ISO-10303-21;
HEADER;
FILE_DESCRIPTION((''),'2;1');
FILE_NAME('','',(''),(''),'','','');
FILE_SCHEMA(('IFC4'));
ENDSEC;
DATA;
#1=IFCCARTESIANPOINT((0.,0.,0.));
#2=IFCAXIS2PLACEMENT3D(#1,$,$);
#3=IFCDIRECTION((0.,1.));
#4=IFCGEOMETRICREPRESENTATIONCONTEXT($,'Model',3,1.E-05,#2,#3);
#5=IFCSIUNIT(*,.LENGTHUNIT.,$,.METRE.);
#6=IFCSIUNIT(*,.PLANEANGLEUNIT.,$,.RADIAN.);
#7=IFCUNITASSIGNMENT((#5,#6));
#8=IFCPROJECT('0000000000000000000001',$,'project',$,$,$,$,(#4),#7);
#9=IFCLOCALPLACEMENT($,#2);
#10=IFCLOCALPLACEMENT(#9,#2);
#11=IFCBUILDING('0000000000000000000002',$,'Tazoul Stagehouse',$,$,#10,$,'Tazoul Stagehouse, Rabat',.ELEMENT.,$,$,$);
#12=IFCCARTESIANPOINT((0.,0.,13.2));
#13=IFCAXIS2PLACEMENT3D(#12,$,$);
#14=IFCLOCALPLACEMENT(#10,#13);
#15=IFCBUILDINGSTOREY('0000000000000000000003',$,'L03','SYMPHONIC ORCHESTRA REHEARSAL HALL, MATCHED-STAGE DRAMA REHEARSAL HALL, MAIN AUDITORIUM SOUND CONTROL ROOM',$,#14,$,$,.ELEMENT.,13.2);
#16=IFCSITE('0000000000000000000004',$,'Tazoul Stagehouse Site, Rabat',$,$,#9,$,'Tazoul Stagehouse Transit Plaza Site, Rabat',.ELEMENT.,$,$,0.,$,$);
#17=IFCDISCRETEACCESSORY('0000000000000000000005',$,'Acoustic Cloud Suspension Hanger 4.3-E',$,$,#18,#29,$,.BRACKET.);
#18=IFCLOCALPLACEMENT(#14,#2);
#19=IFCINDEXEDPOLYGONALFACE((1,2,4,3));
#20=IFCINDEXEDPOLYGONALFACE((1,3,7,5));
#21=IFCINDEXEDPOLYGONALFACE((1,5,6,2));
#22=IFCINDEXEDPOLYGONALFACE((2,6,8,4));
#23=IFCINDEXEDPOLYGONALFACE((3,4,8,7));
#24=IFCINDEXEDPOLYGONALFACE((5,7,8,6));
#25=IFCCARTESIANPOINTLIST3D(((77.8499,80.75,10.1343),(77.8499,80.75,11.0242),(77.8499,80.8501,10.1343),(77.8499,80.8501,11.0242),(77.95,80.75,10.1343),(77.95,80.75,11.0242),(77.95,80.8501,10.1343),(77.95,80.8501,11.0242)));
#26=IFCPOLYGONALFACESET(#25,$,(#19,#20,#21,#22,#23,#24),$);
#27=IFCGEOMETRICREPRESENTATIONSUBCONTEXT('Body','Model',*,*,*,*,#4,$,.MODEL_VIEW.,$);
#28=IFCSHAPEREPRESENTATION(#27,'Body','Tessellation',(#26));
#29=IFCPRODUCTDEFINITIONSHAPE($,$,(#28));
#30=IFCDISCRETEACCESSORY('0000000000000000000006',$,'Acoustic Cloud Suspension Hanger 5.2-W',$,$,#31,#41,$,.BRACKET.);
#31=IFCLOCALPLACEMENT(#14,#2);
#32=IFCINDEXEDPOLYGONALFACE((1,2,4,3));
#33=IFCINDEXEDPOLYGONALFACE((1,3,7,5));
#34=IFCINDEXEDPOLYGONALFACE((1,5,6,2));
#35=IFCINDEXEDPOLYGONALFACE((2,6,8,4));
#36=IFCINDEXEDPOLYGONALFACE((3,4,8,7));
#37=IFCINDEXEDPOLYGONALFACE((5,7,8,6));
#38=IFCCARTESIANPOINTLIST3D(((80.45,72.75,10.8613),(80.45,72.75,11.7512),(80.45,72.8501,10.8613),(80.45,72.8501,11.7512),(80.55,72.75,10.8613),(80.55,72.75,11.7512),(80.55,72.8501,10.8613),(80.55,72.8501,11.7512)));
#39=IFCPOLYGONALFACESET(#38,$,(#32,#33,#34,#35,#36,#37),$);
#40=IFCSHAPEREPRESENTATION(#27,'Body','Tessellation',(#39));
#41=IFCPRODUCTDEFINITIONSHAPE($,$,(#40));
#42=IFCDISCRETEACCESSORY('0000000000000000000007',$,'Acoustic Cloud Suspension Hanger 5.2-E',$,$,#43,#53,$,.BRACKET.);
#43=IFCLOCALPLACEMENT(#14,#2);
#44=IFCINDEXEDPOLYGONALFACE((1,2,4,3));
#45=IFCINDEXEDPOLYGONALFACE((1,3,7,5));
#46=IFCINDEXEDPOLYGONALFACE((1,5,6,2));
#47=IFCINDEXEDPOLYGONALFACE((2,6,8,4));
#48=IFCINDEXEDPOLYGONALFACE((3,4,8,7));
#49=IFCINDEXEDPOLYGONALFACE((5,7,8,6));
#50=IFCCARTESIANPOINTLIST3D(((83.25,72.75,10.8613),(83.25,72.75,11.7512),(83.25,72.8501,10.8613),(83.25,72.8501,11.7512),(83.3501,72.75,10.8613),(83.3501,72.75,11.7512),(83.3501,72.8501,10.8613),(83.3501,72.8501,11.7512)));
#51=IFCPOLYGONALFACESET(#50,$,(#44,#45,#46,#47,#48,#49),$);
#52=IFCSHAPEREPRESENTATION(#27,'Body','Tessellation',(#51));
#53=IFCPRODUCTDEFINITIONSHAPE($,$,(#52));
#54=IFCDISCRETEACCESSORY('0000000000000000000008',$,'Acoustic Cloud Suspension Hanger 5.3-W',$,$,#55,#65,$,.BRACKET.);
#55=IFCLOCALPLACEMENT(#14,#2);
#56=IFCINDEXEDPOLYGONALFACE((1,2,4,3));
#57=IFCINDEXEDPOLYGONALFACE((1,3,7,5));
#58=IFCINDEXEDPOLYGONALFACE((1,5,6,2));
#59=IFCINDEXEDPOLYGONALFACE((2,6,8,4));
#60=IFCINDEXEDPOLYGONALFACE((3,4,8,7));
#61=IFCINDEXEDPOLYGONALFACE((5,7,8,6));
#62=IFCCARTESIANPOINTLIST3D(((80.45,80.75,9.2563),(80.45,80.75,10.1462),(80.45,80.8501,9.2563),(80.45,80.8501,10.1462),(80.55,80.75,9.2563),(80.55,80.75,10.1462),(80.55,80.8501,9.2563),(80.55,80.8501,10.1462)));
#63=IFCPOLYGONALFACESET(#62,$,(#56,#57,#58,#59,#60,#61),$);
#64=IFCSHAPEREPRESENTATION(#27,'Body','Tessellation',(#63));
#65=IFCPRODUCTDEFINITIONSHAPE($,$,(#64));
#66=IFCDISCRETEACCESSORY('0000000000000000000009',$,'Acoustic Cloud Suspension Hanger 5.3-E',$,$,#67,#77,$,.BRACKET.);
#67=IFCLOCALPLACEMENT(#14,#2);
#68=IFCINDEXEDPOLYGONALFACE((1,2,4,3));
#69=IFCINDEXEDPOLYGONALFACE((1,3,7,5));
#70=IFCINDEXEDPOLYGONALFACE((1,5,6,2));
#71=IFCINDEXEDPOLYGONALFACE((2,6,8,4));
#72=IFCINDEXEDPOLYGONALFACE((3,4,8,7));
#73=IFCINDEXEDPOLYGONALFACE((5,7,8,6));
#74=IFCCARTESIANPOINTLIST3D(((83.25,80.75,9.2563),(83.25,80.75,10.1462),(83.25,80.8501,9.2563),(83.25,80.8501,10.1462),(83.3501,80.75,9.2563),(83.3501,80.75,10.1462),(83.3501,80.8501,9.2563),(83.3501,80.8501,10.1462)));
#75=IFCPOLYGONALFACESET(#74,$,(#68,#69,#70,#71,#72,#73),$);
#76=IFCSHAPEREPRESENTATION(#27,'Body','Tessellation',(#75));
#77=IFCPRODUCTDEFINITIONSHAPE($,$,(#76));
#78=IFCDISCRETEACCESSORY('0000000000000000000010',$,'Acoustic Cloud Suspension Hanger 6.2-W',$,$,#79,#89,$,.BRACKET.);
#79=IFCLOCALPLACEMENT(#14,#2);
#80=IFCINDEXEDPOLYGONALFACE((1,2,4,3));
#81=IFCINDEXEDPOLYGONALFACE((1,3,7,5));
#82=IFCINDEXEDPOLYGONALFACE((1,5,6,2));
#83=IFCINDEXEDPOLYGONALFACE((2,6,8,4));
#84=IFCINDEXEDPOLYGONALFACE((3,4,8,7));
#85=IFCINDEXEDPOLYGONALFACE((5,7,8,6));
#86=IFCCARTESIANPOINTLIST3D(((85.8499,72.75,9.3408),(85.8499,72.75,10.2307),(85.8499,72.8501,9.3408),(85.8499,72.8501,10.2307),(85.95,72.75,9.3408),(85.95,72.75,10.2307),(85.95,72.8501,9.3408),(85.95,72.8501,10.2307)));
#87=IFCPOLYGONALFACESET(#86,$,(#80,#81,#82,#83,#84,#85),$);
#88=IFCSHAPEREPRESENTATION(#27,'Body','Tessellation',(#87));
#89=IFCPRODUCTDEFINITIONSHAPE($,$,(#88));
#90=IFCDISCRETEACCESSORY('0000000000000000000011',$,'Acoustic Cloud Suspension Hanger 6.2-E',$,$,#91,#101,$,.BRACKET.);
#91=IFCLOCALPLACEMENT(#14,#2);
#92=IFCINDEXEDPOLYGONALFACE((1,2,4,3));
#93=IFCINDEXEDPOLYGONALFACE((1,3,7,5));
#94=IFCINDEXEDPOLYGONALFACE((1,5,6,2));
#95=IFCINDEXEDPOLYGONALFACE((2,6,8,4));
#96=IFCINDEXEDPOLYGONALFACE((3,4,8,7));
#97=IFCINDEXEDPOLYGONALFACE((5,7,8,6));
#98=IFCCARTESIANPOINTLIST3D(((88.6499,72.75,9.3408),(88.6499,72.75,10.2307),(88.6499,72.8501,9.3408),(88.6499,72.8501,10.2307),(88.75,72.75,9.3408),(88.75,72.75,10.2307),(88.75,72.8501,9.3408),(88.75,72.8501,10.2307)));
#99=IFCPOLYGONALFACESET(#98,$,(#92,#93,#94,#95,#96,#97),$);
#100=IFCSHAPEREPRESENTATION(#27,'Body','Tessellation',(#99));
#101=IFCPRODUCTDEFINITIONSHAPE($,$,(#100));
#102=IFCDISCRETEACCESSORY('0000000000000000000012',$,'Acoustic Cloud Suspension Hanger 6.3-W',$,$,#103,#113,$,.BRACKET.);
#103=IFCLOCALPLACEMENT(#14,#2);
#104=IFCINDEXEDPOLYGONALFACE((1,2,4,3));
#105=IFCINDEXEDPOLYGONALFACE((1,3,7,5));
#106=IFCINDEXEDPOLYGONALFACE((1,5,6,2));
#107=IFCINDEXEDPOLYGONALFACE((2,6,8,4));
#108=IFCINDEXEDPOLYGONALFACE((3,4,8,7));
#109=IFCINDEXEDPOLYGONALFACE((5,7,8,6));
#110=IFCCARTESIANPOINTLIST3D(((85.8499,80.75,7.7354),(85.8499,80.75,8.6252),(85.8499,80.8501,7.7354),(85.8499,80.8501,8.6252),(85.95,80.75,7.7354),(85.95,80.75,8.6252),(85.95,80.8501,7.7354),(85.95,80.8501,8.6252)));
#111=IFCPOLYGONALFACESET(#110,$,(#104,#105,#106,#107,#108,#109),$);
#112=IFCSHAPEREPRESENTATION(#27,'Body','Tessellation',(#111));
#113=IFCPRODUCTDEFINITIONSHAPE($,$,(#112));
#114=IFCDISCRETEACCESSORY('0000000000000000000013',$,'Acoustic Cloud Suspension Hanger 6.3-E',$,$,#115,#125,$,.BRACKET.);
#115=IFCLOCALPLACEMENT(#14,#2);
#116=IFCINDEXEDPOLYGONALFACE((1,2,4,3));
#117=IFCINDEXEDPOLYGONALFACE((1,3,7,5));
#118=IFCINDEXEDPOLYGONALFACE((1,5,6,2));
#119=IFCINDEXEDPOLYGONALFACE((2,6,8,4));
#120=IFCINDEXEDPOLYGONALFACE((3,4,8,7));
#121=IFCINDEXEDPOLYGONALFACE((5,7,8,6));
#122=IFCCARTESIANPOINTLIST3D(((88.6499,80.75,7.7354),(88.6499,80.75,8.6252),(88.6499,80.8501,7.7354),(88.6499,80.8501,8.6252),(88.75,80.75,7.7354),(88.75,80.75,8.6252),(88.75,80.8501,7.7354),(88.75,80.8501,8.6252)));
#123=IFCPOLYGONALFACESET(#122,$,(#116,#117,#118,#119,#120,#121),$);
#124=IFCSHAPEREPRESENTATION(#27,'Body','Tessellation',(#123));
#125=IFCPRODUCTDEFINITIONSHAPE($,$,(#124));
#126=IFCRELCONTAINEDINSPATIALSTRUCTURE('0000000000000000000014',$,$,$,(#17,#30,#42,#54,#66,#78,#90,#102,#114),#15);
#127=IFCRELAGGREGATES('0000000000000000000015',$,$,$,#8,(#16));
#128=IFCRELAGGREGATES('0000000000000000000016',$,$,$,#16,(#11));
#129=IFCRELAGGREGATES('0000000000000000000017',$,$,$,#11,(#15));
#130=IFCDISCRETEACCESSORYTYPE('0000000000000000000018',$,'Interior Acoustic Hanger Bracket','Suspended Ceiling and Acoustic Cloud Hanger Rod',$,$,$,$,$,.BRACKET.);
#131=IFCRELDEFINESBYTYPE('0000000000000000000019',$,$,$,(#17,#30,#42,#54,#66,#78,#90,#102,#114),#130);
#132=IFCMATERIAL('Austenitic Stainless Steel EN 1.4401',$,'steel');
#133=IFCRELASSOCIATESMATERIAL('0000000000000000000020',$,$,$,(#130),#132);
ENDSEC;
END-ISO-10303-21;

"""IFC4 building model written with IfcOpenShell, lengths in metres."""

from ifc_helpers import new_model, si_unit, direction, frame, origin, origin_2d, place, context, subcontext, project, spatial, rectangle, extrude, material, type_object, element, save


model = new_model("IFC4")

# Units and contexts
model_context = context("Model", 3, precision=1e-05, world=origin(), true_north=direction((0.0, 1.0)))
body_context = subcontext(model_context, "Body", "Model", "MODEL_VIEW")
ifc_project = project(units=[si_unit("LENGTHUNIT", "METRE"), si_unit("PLANEANGLEUNIT", "RADIAN")], contexts=[model_context])

# Site, building, storey
site_placement = place(None, origin())
site = spatial("IfcSite", under=ifc_project, at=site_placement, Name="Tazoul Stagehouse Site, Rabat", LongName="Tazoul Stagehouse Transit Plaza Site, Rabat", CompositionType="ELEMENT", RefElevation=0.0)
building_placement = place(site_placement, origin())
building = spatial("IfcBuilding", under=site, at=building_placement, Name="Tazoul Stagehouse", LongName="Tazoul Stagehouse, Rabat", CompositionType="ELEMENT")
storey_placement = place(building_placement, frame((0.0, 0.0, 13.2)))
storey = spatial("IfcBuildingStorey", under=building, at=storey_placement, Name="L03", Description="SYMPHONIC ORCHESTRA REHEARSAL HALL, MATCHED-STAGE DRAMA REHEARSAL HALL, MAIN AUDITORIUM SOUND CONTROL ROOM", CompositionType="ELEMENT", Elevation=13.2)

# Discrete accessories
ifc_material_1 = material(Name="Austenitic Stainless Steel EN 1.4401", Category="steel")
discrete_accessory_type = type_object("IfcDiscreteAccessoryType", Name="Interior Acoustic Hanger Bracket", Description="Suspended Ceiling and Acoustic Cloud Hanger Rod", PredefinedType="BRACKET", material=ifc_material_1)
for number, where, z_axis, x_axis, name in (
    (1, (77.8999, 80.8, 10.1343), (0.0, 0.0, 1.0), (1.0, 0.0, 0.0), "Acoustic Cloud Suspension Hanger 4.3-E"),
    (2, (80.5, 72.8, 10.8613), (0.0, 0.0, 1.0), (1.0, 0.0, 0.0), "Acoustic Cloud Suspension Hanger 5.2-W"),
    (3, (83.3, 72.8, 10.8613), (0.0, 0.0, 1.0), (1.0, 0.0, 0.0), "Acoustic Cloud Suspension Hanger 5.2-E"),
    (4, (80.5, 80.8, 9.2563), (0.0, 0.0, 1.0), (1.0, 0.0, 0.0), "Acoustic Cloud Suspension Hanger 5.3-W"),
    (5, (83.3, 80.8, 9.2563), (0.0, 0.0, 1.0), (1.0, 0.0, 0.0), "Acoustic Cloud Suspension Hanger 5.3-E"),
    (6, (85.8999, 72.8, 9.3408), (0.0, 0.0, 1.0), (1.0, 0.0, 0.0), "Acoustic Cloud Suspension Hanger 6.2-W"),
    (7, (88.7, 72.8, 9.3408), (0.0, 0.0, 1.0), (1.0, 0.0, 0.0), "Acoustic Cloud Suspension Hanger 6.2-E"),
    (8, (85.8999, 80.8, 7.7354), (0.0, 0.0, 1.0), (1.0, 0.0, 0.0), "Acoustic Cloud Suspension Hanger 6.3-W"),
    (9, (88.7, 80.8, 7.7354), (0.0, 0.0, 1.0), (1.0, 0.0, 0.0), "Acoustic Cloud Suspension Hanger 6.3-E"),
):
    element("IfcDiscreteAccessory", number, at=place(storey_placement, frame(where, z_axis=z_axis, x_axis=x_axis)), inside=storey, type_object=discrete_accessory_type, Name=name, PredefinedType="BRACKET", context=body_context, shape_type="SweptSolid", body=[
        extrude(rectangle(XDim=0.1001, YDim=0.1001, at=origin_2d()), origin(), (0.0, 0.0, 1.0), 0.8899),
    ])

save(model, "model.ifc")
